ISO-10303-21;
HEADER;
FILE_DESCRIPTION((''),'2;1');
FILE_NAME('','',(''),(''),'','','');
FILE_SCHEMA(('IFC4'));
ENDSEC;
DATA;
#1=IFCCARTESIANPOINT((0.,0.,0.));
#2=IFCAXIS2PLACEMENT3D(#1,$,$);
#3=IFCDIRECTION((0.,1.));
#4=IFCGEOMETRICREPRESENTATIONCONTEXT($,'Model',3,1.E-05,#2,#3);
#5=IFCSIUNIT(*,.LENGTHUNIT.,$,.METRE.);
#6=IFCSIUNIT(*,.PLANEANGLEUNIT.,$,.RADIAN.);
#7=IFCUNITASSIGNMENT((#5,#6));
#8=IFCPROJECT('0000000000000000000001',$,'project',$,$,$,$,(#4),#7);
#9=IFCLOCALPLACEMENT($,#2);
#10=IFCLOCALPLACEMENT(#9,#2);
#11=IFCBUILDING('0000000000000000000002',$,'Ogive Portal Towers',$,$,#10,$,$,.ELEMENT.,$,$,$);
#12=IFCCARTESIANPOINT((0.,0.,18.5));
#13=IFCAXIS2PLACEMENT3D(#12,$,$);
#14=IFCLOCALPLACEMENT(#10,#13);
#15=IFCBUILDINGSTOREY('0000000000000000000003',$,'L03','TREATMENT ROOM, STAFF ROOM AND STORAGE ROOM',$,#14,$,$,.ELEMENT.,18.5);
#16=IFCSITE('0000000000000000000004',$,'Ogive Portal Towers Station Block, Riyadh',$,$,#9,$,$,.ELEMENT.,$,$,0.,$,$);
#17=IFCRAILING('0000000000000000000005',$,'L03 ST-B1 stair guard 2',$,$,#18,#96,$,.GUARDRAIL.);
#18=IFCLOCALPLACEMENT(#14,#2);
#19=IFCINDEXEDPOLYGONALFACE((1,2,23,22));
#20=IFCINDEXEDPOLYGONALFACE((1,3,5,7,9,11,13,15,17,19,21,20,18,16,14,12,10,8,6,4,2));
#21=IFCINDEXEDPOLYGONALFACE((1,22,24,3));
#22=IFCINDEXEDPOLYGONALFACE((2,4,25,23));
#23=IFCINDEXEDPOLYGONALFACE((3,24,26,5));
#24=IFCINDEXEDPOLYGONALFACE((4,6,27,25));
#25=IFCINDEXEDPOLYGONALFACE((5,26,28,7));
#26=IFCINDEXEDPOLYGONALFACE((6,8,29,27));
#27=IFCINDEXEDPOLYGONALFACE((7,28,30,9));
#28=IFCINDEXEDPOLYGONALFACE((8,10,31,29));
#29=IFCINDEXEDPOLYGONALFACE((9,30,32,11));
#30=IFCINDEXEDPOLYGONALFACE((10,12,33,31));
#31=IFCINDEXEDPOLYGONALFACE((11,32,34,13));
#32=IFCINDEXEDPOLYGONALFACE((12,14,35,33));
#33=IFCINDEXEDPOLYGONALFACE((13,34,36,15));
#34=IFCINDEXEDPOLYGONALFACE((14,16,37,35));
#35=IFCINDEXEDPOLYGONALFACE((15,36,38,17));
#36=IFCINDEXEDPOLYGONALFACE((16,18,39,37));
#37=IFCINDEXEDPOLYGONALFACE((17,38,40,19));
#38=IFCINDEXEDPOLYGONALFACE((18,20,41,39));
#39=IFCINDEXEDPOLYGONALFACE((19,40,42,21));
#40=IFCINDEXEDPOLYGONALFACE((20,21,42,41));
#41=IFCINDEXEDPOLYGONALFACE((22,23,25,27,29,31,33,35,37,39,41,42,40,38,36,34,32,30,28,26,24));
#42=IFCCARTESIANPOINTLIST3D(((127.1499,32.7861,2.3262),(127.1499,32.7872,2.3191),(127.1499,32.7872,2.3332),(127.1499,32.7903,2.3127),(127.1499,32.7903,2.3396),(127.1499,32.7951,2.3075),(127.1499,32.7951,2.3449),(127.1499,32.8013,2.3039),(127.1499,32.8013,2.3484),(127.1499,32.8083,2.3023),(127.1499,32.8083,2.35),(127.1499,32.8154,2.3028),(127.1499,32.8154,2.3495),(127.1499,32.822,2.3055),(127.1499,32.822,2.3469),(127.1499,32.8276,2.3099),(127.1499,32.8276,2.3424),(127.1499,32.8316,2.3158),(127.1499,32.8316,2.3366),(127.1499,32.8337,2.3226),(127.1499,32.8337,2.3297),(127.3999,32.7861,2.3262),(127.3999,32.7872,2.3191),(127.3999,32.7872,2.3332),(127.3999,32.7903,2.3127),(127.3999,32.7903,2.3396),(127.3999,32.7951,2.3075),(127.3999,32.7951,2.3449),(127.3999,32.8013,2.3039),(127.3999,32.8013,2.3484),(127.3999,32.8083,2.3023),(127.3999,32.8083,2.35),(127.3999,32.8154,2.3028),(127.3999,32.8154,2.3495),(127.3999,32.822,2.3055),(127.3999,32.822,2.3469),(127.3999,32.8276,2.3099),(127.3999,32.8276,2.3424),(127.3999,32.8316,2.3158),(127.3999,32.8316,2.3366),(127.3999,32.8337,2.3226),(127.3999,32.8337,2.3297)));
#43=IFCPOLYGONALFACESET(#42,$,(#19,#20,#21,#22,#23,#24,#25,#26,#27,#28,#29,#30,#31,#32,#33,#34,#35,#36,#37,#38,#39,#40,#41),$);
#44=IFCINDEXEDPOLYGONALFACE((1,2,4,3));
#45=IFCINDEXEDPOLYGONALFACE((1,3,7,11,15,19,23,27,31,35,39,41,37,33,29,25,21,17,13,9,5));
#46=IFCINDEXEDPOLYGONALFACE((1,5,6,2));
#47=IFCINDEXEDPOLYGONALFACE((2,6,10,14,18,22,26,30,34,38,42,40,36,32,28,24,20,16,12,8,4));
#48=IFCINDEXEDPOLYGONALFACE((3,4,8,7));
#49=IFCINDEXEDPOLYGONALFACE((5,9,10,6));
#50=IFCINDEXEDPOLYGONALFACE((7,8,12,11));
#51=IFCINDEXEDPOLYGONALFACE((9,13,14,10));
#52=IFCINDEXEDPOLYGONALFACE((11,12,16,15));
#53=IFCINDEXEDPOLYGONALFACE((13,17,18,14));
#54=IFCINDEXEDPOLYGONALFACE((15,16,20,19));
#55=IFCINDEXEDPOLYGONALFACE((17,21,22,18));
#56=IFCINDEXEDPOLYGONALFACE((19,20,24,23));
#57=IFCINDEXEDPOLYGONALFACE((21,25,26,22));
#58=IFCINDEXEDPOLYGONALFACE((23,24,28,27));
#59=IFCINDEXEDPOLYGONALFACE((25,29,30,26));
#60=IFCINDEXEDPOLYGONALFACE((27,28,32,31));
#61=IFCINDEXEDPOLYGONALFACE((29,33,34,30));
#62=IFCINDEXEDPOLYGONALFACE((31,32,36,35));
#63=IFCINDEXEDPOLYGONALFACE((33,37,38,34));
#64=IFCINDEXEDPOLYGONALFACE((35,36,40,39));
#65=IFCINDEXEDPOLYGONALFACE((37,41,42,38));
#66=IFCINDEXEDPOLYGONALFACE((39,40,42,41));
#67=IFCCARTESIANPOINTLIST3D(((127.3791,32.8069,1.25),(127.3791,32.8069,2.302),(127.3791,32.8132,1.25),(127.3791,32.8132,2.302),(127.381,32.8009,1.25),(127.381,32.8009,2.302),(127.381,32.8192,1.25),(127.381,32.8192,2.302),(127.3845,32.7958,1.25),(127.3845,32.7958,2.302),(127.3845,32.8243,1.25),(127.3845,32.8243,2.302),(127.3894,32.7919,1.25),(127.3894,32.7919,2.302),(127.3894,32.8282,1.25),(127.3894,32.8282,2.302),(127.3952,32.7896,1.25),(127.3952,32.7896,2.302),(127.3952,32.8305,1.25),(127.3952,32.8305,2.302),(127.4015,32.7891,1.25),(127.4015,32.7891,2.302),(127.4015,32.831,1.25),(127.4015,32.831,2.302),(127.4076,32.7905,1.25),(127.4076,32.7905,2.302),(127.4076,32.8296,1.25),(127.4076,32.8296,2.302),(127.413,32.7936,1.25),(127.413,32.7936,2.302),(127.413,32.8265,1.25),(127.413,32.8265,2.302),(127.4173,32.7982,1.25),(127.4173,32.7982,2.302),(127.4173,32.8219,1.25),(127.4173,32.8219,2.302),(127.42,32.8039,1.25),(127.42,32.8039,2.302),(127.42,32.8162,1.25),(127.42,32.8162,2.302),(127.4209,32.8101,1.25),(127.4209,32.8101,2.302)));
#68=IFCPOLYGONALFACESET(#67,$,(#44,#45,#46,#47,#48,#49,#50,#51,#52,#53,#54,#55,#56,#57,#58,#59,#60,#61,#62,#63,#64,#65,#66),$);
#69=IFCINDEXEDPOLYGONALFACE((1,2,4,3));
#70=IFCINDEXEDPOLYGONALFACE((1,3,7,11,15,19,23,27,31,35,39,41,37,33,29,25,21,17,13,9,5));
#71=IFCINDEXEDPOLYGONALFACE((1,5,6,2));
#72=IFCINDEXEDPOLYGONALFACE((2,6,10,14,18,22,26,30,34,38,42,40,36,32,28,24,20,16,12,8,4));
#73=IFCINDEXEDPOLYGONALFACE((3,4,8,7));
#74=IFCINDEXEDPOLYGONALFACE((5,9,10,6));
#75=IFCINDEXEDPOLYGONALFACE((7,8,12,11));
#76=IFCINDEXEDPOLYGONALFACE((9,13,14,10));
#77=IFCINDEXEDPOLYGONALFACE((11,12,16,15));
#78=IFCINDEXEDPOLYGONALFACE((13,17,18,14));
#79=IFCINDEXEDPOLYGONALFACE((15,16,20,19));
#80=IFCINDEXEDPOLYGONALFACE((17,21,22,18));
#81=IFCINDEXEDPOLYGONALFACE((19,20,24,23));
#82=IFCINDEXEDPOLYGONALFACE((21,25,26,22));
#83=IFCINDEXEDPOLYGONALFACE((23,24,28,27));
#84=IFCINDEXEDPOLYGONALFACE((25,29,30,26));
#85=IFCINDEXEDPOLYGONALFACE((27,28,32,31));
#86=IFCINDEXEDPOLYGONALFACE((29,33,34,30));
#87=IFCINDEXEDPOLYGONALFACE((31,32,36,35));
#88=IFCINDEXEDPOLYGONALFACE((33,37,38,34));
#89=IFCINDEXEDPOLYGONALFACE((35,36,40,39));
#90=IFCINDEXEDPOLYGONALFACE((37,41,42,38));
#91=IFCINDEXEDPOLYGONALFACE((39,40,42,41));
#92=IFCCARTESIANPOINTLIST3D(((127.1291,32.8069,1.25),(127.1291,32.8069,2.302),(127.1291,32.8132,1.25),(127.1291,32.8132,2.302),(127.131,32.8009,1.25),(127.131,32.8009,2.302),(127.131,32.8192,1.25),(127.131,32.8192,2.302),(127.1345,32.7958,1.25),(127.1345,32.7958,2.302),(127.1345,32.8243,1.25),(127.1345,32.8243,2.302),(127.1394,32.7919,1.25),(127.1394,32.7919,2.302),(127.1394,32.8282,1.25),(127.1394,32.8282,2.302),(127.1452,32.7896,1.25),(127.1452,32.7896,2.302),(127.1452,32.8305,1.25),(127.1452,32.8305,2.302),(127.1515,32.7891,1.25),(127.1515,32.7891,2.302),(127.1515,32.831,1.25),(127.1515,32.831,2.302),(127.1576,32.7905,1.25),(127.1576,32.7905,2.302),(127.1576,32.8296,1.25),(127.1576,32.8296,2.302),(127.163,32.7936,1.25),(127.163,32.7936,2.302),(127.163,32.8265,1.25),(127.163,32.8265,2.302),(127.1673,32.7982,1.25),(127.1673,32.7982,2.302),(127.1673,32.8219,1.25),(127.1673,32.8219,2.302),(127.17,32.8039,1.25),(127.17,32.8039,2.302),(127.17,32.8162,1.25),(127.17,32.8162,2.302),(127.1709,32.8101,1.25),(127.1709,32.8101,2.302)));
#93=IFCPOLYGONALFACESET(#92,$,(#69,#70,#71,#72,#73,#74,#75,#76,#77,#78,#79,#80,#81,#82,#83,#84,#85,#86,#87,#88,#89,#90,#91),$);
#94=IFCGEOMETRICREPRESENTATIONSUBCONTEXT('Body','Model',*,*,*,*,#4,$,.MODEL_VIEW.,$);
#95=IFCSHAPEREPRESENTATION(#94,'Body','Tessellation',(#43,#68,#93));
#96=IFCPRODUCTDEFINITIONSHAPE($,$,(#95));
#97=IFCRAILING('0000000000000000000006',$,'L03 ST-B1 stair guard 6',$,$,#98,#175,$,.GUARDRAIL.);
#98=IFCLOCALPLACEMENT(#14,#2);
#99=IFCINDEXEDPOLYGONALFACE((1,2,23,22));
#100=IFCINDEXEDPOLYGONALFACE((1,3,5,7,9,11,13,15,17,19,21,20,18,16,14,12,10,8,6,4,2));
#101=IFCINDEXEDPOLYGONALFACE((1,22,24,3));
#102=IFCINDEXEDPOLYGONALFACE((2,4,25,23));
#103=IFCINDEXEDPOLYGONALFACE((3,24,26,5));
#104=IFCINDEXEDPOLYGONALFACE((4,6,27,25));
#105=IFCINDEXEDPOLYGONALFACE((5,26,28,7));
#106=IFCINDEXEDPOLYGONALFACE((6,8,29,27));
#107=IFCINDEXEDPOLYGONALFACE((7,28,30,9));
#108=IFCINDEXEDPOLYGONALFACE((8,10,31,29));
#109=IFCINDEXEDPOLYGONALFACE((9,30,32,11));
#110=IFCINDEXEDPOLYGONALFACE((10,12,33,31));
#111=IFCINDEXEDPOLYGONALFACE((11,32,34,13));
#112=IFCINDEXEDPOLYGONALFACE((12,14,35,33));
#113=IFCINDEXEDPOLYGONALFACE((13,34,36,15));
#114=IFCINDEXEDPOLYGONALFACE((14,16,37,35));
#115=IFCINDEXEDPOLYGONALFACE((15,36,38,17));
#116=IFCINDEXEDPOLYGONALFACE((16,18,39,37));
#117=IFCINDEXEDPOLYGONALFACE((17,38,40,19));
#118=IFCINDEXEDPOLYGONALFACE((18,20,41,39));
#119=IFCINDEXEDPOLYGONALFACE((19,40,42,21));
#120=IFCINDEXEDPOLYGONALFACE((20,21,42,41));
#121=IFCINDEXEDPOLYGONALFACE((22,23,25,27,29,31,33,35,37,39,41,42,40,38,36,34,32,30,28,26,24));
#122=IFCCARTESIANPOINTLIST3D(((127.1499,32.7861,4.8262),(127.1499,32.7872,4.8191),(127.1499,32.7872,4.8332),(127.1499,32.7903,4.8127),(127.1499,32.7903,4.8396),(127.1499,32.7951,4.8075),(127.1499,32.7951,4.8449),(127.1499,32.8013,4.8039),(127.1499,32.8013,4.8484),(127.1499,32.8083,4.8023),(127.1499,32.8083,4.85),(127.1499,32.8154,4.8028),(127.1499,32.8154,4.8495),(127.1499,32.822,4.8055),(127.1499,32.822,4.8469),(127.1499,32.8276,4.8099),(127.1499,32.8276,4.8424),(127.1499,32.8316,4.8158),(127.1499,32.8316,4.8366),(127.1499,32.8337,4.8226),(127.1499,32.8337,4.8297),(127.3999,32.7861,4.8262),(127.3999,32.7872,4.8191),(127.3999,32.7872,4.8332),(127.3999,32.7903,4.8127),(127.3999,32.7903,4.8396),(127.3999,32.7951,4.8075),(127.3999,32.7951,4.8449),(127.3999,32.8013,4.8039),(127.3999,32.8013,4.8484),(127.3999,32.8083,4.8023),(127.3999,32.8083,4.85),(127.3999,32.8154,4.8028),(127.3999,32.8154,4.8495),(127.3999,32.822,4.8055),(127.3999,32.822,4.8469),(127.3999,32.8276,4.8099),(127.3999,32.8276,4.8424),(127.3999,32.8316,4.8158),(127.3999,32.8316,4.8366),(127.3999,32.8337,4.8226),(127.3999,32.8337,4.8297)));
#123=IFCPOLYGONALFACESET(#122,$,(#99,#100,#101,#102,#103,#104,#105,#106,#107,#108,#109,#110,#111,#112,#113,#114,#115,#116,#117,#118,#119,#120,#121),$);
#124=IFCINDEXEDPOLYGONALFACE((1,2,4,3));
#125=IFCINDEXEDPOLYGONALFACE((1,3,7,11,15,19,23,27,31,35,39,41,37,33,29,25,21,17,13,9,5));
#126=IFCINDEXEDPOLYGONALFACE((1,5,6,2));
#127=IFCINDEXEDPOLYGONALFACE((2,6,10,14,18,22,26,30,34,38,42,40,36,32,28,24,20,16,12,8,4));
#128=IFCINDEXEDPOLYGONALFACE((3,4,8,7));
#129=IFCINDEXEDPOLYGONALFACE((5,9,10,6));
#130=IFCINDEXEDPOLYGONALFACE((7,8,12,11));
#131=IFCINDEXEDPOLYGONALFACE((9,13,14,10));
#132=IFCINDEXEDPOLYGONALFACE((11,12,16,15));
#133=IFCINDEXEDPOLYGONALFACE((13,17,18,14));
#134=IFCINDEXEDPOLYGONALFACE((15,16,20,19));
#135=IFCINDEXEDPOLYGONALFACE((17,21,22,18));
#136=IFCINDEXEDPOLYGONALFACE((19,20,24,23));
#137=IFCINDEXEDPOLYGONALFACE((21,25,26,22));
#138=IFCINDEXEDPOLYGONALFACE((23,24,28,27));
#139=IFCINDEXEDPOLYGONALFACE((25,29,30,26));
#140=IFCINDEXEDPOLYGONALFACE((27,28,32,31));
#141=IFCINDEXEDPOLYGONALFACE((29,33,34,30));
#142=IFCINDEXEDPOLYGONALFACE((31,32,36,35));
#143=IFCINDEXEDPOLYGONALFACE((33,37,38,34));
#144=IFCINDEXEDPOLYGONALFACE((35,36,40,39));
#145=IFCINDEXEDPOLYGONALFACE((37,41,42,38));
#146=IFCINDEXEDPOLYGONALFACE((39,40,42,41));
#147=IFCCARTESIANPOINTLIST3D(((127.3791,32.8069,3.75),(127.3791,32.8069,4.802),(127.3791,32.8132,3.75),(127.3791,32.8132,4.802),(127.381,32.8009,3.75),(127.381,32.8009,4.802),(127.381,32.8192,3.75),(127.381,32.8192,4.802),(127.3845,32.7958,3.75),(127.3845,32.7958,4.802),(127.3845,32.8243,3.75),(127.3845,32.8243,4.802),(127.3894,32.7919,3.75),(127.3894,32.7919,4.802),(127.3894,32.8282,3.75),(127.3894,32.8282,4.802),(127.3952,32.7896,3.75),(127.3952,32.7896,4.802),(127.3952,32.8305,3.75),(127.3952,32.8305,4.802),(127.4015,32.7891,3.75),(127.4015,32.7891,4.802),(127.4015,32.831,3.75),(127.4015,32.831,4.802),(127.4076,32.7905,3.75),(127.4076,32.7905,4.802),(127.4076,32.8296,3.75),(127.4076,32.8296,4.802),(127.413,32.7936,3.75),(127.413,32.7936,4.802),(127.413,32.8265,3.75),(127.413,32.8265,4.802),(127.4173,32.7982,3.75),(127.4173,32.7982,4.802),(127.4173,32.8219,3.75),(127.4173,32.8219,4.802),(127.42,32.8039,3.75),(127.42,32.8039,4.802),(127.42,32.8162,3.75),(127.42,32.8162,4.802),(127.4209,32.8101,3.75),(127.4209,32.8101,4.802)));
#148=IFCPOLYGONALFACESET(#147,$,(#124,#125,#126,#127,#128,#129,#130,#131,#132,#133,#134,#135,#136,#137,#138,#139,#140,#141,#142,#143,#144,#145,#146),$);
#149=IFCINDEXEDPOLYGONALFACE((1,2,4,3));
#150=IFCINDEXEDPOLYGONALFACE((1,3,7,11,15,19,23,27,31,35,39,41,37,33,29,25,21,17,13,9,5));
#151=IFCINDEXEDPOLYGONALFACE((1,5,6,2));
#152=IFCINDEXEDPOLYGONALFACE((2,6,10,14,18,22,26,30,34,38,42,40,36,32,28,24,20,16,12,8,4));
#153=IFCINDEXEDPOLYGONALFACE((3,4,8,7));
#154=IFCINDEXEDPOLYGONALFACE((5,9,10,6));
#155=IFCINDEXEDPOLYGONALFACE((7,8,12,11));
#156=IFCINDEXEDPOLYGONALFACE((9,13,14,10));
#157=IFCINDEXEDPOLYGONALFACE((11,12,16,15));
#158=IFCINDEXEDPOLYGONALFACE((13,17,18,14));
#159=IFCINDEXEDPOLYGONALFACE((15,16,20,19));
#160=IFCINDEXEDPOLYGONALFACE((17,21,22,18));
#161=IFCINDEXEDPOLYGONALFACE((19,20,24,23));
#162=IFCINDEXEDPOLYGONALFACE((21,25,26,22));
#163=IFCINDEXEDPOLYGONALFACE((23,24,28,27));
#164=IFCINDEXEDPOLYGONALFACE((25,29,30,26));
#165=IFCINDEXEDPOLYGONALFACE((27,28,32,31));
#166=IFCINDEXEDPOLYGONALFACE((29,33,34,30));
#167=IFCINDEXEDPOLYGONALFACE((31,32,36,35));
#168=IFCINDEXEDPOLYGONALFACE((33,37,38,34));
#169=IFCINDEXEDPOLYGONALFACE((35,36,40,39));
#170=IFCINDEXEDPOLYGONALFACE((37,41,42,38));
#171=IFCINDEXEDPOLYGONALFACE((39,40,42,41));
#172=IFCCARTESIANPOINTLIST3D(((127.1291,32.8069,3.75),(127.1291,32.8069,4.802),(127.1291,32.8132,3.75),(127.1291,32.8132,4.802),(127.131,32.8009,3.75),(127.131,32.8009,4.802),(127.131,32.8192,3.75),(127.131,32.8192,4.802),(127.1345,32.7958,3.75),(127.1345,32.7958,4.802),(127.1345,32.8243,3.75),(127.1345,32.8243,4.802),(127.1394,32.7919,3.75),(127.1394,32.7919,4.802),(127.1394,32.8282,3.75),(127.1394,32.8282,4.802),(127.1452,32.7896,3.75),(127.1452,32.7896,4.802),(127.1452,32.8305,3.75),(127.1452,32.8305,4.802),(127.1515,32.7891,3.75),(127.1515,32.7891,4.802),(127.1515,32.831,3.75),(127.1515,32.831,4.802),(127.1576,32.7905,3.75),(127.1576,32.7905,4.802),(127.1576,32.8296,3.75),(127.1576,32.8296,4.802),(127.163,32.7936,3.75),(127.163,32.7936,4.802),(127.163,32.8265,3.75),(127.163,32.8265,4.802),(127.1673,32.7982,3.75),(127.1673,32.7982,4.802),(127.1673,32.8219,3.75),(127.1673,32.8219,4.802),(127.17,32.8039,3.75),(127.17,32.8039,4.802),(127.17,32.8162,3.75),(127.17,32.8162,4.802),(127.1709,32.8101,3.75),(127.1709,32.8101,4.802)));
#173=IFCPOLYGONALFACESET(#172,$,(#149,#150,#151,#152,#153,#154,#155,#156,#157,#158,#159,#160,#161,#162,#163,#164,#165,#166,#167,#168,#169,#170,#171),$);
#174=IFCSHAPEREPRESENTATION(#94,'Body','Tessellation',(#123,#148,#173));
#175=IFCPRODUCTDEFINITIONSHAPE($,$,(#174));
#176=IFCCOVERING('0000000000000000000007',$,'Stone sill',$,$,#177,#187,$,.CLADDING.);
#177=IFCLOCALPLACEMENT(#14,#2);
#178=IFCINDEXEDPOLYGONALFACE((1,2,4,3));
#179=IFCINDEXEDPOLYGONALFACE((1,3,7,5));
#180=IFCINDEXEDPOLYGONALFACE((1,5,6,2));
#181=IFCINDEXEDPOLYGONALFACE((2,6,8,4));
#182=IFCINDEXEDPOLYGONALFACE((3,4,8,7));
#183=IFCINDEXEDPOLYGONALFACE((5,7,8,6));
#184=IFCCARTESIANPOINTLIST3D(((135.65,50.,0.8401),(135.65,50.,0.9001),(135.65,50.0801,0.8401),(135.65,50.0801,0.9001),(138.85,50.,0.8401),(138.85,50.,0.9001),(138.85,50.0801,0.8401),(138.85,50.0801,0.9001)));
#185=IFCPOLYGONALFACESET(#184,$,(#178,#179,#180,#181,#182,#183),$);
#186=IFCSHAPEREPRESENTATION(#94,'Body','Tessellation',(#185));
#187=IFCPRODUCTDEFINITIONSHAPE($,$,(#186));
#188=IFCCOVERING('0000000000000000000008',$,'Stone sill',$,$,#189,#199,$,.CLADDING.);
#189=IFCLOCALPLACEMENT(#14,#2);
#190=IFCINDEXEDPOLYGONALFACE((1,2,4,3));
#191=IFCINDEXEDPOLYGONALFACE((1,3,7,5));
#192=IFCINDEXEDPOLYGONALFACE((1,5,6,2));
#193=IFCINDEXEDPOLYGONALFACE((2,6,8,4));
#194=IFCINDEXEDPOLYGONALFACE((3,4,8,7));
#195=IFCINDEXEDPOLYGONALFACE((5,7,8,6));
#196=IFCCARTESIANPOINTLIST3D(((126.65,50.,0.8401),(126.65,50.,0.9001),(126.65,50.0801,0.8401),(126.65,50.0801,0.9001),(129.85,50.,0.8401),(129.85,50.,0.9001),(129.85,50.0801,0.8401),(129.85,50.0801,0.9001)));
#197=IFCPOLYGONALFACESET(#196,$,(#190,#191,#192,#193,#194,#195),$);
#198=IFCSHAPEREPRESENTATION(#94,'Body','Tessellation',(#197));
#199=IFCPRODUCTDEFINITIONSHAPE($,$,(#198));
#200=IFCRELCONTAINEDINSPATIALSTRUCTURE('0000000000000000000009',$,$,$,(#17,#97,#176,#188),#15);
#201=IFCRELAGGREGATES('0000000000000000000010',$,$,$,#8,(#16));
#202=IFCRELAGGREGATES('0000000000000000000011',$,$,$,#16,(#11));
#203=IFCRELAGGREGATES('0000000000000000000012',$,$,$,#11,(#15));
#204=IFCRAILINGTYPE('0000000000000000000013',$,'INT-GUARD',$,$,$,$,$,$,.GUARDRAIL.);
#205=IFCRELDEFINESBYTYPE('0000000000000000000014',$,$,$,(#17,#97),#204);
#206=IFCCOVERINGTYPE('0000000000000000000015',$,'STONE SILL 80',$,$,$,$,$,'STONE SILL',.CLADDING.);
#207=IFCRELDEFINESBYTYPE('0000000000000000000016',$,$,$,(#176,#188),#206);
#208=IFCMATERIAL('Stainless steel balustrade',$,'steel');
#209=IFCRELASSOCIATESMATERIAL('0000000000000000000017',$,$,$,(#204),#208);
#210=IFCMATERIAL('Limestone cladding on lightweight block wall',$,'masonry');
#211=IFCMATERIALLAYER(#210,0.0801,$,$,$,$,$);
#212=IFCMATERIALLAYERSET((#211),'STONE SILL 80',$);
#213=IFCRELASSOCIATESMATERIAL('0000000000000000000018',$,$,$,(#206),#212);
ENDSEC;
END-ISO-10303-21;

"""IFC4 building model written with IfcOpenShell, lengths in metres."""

from ifc_helpers import new_model, si_unit, direction, frame, origin, origin_2d, place, context, subcontext, project, spatial, rectangle, circle, extrude, material, layer, layer_set, type_object, element, save


model = new_model("IFC4")

# Units and contexts
model_context = context("Model", 3, precision=1e-05, world=origin(), true_north=direction((0.0, 1.0)))
body_context = subcontext(model_context, "Body", "Model", "MODEL_VIEW")
ifc_project = project(units=[si_unit("LENGTHUNIT", "METRE"), si_unit("PLANEANGLEUNIT", "RADIAN")], contexts=[model_context])

# Site, building, storey
site_placement = place(None, origin())
site = spatial("IfcSite", under=ifc_project, at=site_placement, Name="Ogive Portal Towers Station Block, Riyadh", CompositionType="ELEMENT", RefElevation=0.0)
building_placement = place(site_placement, origin())
building = spatial("IfcBuilding", under=site, at=building_placement, Name="Ogive Portal Towers", CompositionType="ELEMENT")
storey_placement = place(building_placement, frame((0.0, 0.0, 18.5)))
storey = spatial("IfcBuildingStorey", under=building, at=storey_placement, Name="L03", Description="TREATMENT ROOM, STAFF ROOM AND STORAGE ROOM", CompositionType="ELEMENT", Elevation=18.5)

# Railings
ifc_material_1 = material(Name="Stainless steel balustrade", Category="steel")
railing_type = type_object("IfcRailingType", Name="INT-GUARD", PredefinedType="GUARDRAIL", material=ifc_material_1)
for number, where, name in (
    (1, (127.3999, 32.8101, 1.25), "L03 ST-B1 stair guard 2"),
    (2, (127.3999, 32.8101, 3.75), "L03 ST-B1 stair guard 6"),
):
    element("IfcRailing", number, at=place(storey_placement, frame(where)), inside=storey, type_object=railing_type, Name=name, PredefinedType="GUARDRAIL", context=body_context, shape_type="SweptSolid", body=[
        extrude(circle(Radius=0.0239, at=origin_2d()), frame((0.0, 0.0, 1.0762), z_axis=(-1.0, 0.0, 0.0), x_axis=(0.0, -1.0, 0.0)), (0.0, 0.0, 1.0), 0.25),
        extrude(circle(Radius=0.021, at=origin_2d()), origin(), (0.0, 0.0, 1.0), 1.052),
        extrude(circle(Radius=0.021, at=origin_2d()), frame((-0.25, 0.0, 0.0)), (0.0, 0.0, 1.0), 1.052),
    ])

# Coverings
ifc_material_2 = material(Name="Limestone cladding on lightweight block wall", Category="masonry")
ifc_layer_1 = layer(ifc_material_2, 0.0801)
ifc_layer_set_1 = layer_set([ifc_layer_1], Name="STONE SILL 80")
covering_type = type_object("IfcCoveringType", Name="STONE SILL 80", ElementType="STONE SILL", PredefinedType="CLADDING", material=ifc_layer_set_1)
for number, where, z_axis, x_axis, name in (
    (3, (137.25, 50.04, 0.8401), (0.0, 0.0, 1.0), (-1.0, 0.0, 0.0), "Stone sill"),
    (4, (128.25, 50.04, 0.8401), (0.0, 0.0, 1.0), (-1.0, 0.0, 0.0), "Stone sill"),
):
    element("IfcCovering", number, at=place(storey_placement, frame(where, z_axis=z_axis, x_axis=x_axis)), inside=storey, type_object=covering_type, Name=name, PredefinedType="CLADDING", context=body_context, shape_type="SweptSolid", body=[
        extrude(rectangle(XDim=3.2, YDim=0.0801, at=origin_2d()), origin(), (0.0, 0.0, 1.0), 0.0601),
    ])

save(model, "model.ifc")
